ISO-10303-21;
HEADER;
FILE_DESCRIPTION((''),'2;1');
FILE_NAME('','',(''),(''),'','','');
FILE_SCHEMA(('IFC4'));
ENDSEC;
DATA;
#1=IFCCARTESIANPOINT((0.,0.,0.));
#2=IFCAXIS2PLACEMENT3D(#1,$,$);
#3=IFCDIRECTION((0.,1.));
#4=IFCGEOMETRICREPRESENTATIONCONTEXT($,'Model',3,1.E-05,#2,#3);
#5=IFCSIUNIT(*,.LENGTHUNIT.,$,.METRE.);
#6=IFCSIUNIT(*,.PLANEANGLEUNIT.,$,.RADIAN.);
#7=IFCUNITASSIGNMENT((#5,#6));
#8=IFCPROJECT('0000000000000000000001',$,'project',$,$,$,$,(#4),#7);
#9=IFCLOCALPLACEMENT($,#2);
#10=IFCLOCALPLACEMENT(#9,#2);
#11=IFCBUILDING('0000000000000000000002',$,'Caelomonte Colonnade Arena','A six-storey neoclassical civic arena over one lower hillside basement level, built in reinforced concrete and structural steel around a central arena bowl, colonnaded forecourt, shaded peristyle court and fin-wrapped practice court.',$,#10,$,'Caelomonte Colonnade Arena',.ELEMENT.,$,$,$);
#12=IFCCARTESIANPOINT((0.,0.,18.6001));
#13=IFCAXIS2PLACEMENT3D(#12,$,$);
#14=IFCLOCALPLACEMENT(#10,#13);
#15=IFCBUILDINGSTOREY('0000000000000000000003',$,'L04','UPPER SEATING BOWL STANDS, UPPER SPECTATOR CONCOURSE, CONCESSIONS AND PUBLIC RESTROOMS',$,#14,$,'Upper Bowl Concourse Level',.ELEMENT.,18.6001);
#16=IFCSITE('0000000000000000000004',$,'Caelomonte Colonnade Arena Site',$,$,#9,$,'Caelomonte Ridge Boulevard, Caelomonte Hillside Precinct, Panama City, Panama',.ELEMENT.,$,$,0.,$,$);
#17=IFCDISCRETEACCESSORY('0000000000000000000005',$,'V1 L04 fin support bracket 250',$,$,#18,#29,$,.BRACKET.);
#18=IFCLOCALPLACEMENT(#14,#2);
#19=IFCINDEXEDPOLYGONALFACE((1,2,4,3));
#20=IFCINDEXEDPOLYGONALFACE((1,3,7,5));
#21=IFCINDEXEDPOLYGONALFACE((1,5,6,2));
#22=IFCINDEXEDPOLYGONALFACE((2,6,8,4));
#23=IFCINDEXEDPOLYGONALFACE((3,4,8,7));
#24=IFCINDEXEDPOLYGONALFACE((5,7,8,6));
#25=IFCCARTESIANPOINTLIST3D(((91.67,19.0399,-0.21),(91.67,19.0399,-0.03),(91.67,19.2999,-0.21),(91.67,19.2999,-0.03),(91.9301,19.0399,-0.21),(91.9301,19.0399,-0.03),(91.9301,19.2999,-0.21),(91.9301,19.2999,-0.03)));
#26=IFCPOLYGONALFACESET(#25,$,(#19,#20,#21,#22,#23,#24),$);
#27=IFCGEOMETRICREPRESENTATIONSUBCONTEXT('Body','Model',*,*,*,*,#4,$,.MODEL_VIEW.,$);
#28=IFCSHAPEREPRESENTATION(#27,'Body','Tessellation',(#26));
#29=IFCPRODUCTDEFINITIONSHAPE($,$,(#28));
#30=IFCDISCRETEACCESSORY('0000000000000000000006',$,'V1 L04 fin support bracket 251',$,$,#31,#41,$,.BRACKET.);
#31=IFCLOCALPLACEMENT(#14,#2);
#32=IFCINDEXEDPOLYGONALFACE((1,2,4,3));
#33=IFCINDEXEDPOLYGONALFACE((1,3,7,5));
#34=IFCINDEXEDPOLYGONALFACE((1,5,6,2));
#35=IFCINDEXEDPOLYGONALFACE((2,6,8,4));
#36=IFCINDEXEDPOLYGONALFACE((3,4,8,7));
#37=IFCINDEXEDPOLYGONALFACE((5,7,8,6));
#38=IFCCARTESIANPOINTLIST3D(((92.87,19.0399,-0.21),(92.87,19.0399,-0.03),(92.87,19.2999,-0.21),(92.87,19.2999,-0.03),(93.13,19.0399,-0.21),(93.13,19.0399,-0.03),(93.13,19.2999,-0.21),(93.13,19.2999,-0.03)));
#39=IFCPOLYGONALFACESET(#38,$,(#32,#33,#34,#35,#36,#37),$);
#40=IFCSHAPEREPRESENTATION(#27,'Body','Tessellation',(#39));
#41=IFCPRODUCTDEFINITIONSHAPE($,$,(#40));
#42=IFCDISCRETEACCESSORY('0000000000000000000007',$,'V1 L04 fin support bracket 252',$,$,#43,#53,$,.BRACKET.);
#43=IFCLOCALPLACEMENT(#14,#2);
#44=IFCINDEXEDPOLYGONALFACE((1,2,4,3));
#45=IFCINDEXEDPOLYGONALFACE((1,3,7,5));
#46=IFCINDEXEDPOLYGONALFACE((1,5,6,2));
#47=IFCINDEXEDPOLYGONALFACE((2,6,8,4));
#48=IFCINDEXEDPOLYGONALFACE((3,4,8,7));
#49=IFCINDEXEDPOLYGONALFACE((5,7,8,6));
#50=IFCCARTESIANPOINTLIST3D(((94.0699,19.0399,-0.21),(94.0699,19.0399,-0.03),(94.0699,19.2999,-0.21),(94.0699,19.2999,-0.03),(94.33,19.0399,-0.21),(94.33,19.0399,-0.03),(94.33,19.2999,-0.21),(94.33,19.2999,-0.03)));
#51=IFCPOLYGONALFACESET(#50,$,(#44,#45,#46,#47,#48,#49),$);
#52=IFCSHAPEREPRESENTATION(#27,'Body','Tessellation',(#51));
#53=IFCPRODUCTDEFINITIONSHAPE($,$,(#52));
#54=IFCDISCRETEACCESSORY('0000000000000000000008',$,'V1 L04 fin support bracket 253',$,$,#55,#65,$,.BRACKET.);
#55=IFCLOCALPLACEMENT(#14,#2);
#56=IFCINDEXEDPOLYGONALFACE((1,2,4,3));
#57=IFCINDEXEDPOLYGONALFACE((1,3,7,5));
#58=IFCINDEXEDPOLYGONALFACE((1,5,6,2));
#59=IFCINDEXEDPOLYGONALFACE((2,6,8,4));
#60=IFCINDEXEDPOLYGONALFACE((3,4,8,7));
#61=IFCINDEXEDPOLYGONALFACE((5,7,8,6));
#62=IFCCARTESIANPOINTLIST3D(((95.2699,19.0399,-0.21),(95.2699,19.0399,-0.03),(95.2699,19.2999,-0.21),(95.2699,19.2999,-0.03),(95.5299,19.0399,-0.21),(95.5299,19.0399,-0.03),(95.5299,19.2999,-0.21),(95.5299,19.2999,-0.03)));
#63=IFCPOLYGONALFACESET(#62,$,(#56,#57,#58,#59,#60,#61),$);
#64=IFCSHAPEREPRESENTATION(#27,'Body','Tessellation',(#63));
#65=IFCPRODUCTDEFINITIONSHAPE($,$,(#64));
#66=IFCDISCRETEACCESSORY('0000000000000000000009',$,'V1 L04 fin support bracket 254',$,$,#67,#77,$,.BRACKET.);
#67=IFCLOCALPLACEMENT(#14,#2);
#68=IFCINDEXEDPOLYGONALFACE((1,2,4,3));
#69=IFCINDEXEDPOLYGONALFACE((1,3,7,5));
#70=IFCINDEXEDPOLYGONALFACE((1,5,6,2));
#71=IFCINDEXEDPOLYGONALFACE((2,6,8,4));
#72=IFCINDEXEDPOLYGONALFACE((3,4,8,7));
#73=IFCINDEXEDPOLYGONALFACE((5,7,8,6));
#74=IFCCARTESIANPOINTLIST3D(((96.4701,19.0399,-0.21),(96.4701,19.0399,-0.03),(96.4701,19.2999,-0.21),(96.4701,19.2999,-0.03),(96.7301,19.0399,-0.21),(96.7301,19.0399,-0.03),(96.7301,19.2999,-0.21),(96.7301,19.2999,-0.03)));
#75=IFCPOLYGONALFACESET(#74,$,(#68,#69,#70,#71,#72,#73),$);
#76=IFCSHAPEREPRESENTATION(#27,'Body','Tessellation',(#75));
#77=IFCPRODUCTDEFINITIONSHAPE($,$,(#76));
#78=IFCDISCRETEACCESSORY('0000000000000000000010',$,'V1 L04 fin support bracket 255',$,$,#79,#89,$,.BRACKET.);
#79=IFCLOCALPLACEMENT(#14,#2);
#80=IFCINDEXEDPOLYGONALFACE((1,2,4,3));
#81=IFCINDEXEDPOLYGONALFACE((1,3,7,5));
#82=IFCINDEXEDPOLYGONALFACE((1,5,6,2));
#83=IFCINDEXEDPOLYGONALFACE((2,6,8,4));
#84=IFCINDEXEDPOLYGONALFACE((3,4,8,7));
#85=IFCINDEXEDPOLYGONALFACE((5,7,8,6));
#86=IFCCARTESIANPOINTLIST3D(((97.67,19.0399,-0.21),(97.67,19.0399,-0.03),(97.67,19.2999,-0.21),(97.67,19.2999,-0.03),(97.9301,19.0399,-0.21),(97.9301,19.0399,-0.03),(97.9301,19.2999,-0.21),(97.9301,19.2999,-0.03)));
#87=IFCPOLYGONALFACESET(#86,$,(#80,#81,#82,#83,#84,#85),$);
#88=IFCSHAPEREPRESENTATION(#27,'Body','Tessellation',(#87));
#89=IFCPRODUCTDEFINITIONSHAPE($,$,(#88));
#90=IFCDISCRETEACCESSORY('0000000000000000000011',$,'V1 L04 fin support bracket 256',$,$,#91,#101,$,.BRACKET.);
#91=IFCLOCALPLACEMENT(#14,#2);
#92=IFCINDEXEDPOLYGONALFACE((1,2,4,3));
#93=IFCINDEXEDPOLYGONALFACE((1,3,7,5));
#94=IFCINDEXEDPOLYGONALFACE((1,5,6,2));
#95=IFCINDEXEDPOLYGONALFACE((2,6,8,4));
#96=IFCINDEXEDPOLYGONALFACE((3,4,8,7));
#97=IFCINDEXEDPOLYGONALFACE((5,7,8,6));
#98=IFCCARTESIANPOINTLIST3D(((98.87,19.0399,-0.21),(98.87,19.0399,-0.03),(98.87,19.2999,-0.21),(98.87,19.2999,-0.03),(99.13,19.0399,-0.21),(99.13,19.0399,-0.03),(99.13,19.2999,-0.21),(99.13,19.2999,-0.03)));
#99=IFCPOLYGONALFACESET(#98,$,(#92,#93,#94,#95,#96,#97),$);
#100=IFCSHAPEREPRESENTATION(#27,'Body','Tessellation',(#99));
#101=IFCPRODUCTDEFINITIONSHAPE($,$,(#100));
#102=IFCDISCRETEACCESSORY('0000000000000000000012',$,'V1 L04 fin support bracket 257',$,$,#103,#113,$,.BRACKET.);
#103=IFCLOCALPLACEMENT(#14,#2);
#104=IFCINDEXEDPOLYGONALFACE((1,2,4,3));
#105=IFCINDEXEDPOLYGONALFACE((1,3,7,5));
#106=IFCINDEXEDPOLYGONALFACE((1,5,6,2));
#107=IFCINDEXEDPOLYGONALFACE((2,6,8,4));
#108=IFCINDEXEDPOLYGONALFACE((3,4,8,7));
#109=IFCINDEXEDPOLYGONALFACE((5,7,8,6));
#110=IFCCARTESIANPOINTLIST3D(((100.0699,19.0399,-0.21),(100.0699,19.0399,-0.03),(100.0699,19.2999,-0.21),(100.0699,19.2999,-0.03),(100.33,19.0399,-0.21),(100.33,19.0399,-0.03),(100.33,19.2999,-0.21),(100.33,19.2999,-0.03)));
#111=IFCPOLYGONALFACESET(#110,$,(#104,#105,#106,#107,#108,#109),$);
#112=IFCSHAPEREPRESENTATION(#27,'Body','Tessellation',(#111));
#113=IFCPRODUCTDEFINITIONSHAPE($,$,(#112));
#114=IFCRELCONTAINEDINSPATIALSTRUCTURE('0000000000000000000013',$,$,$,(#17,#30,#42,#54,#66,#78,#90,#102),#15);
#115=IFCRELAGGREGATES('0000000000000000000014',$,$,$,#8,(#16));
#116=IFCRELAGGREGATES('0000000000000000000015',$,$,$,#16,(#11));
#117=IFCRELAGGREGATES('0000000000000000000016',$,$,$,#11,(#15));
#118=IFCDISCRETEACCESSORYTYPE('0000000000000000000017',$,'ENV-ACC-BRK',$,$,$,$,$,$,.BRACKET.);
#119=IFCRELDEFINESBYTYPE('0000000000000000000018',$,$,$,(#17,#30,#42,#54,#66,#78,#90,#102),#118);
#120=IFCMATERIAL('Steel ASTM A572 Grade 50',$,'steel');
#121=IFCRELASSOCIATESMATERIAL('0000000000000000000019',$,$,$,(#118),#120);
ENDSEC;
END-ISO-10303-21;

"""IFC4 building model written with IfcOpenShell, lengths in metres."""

from ifc_helpers import new_model, si_unit, direction, frame, origin, origin_2d, place, context, subcontext, project, spatial, rectangle, extrude, material, type_object, element, save


model = new_model("IFC4")

# Units and contexts
model_context = context("Model", 3, precision=1e-05, world=origin(), true_north=direction((0.0, 1.0)))
body_context = subcontext(model_context, "Body", "Model", "MODEL_VIEW")
ifc_project = project(units=[si_unit("LENGTHUNIT", "METRE"), si_unit("PLANEANGLEUNIT", "RADIAN")], contexts=[model_context])

# Site, building, storey
site_placement = place(None, origin())
site = spatial("IfcSite", under=ifc_project, at=site_placement, Name="Caelomonte Colonnade Arena Site", LongName="Caelomonte Ridge Boulevard, Caelomonte Hillside Precinct, Panama City, Panama", CompositionType="ELEMENT", RefElevation=0.0)
building_placement = place(site_placement, origin())
building = spatial("IfcBuilding", under=site, at=building_placement, Name="Caelomonte Colonnade Arena", Description="A six-storey neoclassical civic arena over one lower hillside basement level, built in reinforced concrete and structural steel around a central arena bowl, colonnaded forecourt, shaded peristyle court and fin-wrapped practice court.", LongName="Caelomonte Colonnade Arena", CompositionType="ELEMENT")
storey_placement = place(building_placement, frame((0.0, 0.0, 18.6001)))
storey = spatial("IfcBuildingStorey", under=building, at=storey_placement, Name="L04", Description="UPPER SEATING BOWL STANDS, UPPER SPECTATOR CONCOURSE, CONCESSIONS AND PUBLIC RESTROOMS", LongName="Upper Bowl Concourse Level", CompositionType="ELEMENT", Elevation=18.6001)

# Discrete accessories
ifc_material_1 = material(Name="Steel ASTM A572 Grade 50", Category="steel")
discrete_accessory_type = type_object("IfcDiscreteAccessoryType", Name="ENV-ACC-BRK", PredefinedType="BRACKET", material=ifc_material_1)
for number, where, z_axis, x_axis, name in (
    (1, (91.8, 19.1699, -0.21), (0.0, 0.0, 1.0), (1.0, 0.0, 0.0), "V1 L04 fin support bracket 250"),
    (2, (93.0, 19.1699, -0.21), (0.0, 0.0, 1.0), (1.0, 0.0, 0.0), "V1 L04 fin support bracket 251"),
    (3, (94.2, 19.1699, -0.21), (0.0, 0.0, 1.0), (1.0, 0.0, 0.0), "V1 L04 fin support bracket 252"),
    (4, (95.3999, 19.1699, -0.21), (0.0, 0.0, 1.0), (1.0, 0.0, 0.0), "V1 L04 fin support bracket 253"),
    (5, (96.6001, 19.1699, -0.21), (0.0, 0.0, 1.0), (1.0, 0.0, 0.0), "V1 L04 fin support bracket 254"),
    (6, (97.8, 19.1699, -0.21), (0.0, 0.0, 1.0), (1.0, 0.0, 0.0), "V1 L04 fin support bracket 255"),
    (7, (99.0, 19.1699, -0.21), (0.0, 0.0, 1.0), (1.0, 0.0, 0.0), "V1 L04 fin support bracket 256"),
    (8, (100.2, 19.1699, -0.21), (0.0, 0.0, 1.0), (1.0, 0.0, 0.0), "V1 L04 fin support bracket 257"),
):
    element("IfcDiscreteAccessory", number, at=place(storey_placement, frame(where, z_axis=z_axis, x_axis=x_axis)), inside=storey, type_object=discrete_accessory_type, Name=name, PredefinedType="BRACKET", context=body_context, shape_type="SweptSolid", body=[
        extrude(rectangle(XDim=0.26, YDim=0.26, at=origin_2d()), origin(), (0.0, 0.0, 1.0), 0.1799),
    ])

save(model, "model.ifc")
